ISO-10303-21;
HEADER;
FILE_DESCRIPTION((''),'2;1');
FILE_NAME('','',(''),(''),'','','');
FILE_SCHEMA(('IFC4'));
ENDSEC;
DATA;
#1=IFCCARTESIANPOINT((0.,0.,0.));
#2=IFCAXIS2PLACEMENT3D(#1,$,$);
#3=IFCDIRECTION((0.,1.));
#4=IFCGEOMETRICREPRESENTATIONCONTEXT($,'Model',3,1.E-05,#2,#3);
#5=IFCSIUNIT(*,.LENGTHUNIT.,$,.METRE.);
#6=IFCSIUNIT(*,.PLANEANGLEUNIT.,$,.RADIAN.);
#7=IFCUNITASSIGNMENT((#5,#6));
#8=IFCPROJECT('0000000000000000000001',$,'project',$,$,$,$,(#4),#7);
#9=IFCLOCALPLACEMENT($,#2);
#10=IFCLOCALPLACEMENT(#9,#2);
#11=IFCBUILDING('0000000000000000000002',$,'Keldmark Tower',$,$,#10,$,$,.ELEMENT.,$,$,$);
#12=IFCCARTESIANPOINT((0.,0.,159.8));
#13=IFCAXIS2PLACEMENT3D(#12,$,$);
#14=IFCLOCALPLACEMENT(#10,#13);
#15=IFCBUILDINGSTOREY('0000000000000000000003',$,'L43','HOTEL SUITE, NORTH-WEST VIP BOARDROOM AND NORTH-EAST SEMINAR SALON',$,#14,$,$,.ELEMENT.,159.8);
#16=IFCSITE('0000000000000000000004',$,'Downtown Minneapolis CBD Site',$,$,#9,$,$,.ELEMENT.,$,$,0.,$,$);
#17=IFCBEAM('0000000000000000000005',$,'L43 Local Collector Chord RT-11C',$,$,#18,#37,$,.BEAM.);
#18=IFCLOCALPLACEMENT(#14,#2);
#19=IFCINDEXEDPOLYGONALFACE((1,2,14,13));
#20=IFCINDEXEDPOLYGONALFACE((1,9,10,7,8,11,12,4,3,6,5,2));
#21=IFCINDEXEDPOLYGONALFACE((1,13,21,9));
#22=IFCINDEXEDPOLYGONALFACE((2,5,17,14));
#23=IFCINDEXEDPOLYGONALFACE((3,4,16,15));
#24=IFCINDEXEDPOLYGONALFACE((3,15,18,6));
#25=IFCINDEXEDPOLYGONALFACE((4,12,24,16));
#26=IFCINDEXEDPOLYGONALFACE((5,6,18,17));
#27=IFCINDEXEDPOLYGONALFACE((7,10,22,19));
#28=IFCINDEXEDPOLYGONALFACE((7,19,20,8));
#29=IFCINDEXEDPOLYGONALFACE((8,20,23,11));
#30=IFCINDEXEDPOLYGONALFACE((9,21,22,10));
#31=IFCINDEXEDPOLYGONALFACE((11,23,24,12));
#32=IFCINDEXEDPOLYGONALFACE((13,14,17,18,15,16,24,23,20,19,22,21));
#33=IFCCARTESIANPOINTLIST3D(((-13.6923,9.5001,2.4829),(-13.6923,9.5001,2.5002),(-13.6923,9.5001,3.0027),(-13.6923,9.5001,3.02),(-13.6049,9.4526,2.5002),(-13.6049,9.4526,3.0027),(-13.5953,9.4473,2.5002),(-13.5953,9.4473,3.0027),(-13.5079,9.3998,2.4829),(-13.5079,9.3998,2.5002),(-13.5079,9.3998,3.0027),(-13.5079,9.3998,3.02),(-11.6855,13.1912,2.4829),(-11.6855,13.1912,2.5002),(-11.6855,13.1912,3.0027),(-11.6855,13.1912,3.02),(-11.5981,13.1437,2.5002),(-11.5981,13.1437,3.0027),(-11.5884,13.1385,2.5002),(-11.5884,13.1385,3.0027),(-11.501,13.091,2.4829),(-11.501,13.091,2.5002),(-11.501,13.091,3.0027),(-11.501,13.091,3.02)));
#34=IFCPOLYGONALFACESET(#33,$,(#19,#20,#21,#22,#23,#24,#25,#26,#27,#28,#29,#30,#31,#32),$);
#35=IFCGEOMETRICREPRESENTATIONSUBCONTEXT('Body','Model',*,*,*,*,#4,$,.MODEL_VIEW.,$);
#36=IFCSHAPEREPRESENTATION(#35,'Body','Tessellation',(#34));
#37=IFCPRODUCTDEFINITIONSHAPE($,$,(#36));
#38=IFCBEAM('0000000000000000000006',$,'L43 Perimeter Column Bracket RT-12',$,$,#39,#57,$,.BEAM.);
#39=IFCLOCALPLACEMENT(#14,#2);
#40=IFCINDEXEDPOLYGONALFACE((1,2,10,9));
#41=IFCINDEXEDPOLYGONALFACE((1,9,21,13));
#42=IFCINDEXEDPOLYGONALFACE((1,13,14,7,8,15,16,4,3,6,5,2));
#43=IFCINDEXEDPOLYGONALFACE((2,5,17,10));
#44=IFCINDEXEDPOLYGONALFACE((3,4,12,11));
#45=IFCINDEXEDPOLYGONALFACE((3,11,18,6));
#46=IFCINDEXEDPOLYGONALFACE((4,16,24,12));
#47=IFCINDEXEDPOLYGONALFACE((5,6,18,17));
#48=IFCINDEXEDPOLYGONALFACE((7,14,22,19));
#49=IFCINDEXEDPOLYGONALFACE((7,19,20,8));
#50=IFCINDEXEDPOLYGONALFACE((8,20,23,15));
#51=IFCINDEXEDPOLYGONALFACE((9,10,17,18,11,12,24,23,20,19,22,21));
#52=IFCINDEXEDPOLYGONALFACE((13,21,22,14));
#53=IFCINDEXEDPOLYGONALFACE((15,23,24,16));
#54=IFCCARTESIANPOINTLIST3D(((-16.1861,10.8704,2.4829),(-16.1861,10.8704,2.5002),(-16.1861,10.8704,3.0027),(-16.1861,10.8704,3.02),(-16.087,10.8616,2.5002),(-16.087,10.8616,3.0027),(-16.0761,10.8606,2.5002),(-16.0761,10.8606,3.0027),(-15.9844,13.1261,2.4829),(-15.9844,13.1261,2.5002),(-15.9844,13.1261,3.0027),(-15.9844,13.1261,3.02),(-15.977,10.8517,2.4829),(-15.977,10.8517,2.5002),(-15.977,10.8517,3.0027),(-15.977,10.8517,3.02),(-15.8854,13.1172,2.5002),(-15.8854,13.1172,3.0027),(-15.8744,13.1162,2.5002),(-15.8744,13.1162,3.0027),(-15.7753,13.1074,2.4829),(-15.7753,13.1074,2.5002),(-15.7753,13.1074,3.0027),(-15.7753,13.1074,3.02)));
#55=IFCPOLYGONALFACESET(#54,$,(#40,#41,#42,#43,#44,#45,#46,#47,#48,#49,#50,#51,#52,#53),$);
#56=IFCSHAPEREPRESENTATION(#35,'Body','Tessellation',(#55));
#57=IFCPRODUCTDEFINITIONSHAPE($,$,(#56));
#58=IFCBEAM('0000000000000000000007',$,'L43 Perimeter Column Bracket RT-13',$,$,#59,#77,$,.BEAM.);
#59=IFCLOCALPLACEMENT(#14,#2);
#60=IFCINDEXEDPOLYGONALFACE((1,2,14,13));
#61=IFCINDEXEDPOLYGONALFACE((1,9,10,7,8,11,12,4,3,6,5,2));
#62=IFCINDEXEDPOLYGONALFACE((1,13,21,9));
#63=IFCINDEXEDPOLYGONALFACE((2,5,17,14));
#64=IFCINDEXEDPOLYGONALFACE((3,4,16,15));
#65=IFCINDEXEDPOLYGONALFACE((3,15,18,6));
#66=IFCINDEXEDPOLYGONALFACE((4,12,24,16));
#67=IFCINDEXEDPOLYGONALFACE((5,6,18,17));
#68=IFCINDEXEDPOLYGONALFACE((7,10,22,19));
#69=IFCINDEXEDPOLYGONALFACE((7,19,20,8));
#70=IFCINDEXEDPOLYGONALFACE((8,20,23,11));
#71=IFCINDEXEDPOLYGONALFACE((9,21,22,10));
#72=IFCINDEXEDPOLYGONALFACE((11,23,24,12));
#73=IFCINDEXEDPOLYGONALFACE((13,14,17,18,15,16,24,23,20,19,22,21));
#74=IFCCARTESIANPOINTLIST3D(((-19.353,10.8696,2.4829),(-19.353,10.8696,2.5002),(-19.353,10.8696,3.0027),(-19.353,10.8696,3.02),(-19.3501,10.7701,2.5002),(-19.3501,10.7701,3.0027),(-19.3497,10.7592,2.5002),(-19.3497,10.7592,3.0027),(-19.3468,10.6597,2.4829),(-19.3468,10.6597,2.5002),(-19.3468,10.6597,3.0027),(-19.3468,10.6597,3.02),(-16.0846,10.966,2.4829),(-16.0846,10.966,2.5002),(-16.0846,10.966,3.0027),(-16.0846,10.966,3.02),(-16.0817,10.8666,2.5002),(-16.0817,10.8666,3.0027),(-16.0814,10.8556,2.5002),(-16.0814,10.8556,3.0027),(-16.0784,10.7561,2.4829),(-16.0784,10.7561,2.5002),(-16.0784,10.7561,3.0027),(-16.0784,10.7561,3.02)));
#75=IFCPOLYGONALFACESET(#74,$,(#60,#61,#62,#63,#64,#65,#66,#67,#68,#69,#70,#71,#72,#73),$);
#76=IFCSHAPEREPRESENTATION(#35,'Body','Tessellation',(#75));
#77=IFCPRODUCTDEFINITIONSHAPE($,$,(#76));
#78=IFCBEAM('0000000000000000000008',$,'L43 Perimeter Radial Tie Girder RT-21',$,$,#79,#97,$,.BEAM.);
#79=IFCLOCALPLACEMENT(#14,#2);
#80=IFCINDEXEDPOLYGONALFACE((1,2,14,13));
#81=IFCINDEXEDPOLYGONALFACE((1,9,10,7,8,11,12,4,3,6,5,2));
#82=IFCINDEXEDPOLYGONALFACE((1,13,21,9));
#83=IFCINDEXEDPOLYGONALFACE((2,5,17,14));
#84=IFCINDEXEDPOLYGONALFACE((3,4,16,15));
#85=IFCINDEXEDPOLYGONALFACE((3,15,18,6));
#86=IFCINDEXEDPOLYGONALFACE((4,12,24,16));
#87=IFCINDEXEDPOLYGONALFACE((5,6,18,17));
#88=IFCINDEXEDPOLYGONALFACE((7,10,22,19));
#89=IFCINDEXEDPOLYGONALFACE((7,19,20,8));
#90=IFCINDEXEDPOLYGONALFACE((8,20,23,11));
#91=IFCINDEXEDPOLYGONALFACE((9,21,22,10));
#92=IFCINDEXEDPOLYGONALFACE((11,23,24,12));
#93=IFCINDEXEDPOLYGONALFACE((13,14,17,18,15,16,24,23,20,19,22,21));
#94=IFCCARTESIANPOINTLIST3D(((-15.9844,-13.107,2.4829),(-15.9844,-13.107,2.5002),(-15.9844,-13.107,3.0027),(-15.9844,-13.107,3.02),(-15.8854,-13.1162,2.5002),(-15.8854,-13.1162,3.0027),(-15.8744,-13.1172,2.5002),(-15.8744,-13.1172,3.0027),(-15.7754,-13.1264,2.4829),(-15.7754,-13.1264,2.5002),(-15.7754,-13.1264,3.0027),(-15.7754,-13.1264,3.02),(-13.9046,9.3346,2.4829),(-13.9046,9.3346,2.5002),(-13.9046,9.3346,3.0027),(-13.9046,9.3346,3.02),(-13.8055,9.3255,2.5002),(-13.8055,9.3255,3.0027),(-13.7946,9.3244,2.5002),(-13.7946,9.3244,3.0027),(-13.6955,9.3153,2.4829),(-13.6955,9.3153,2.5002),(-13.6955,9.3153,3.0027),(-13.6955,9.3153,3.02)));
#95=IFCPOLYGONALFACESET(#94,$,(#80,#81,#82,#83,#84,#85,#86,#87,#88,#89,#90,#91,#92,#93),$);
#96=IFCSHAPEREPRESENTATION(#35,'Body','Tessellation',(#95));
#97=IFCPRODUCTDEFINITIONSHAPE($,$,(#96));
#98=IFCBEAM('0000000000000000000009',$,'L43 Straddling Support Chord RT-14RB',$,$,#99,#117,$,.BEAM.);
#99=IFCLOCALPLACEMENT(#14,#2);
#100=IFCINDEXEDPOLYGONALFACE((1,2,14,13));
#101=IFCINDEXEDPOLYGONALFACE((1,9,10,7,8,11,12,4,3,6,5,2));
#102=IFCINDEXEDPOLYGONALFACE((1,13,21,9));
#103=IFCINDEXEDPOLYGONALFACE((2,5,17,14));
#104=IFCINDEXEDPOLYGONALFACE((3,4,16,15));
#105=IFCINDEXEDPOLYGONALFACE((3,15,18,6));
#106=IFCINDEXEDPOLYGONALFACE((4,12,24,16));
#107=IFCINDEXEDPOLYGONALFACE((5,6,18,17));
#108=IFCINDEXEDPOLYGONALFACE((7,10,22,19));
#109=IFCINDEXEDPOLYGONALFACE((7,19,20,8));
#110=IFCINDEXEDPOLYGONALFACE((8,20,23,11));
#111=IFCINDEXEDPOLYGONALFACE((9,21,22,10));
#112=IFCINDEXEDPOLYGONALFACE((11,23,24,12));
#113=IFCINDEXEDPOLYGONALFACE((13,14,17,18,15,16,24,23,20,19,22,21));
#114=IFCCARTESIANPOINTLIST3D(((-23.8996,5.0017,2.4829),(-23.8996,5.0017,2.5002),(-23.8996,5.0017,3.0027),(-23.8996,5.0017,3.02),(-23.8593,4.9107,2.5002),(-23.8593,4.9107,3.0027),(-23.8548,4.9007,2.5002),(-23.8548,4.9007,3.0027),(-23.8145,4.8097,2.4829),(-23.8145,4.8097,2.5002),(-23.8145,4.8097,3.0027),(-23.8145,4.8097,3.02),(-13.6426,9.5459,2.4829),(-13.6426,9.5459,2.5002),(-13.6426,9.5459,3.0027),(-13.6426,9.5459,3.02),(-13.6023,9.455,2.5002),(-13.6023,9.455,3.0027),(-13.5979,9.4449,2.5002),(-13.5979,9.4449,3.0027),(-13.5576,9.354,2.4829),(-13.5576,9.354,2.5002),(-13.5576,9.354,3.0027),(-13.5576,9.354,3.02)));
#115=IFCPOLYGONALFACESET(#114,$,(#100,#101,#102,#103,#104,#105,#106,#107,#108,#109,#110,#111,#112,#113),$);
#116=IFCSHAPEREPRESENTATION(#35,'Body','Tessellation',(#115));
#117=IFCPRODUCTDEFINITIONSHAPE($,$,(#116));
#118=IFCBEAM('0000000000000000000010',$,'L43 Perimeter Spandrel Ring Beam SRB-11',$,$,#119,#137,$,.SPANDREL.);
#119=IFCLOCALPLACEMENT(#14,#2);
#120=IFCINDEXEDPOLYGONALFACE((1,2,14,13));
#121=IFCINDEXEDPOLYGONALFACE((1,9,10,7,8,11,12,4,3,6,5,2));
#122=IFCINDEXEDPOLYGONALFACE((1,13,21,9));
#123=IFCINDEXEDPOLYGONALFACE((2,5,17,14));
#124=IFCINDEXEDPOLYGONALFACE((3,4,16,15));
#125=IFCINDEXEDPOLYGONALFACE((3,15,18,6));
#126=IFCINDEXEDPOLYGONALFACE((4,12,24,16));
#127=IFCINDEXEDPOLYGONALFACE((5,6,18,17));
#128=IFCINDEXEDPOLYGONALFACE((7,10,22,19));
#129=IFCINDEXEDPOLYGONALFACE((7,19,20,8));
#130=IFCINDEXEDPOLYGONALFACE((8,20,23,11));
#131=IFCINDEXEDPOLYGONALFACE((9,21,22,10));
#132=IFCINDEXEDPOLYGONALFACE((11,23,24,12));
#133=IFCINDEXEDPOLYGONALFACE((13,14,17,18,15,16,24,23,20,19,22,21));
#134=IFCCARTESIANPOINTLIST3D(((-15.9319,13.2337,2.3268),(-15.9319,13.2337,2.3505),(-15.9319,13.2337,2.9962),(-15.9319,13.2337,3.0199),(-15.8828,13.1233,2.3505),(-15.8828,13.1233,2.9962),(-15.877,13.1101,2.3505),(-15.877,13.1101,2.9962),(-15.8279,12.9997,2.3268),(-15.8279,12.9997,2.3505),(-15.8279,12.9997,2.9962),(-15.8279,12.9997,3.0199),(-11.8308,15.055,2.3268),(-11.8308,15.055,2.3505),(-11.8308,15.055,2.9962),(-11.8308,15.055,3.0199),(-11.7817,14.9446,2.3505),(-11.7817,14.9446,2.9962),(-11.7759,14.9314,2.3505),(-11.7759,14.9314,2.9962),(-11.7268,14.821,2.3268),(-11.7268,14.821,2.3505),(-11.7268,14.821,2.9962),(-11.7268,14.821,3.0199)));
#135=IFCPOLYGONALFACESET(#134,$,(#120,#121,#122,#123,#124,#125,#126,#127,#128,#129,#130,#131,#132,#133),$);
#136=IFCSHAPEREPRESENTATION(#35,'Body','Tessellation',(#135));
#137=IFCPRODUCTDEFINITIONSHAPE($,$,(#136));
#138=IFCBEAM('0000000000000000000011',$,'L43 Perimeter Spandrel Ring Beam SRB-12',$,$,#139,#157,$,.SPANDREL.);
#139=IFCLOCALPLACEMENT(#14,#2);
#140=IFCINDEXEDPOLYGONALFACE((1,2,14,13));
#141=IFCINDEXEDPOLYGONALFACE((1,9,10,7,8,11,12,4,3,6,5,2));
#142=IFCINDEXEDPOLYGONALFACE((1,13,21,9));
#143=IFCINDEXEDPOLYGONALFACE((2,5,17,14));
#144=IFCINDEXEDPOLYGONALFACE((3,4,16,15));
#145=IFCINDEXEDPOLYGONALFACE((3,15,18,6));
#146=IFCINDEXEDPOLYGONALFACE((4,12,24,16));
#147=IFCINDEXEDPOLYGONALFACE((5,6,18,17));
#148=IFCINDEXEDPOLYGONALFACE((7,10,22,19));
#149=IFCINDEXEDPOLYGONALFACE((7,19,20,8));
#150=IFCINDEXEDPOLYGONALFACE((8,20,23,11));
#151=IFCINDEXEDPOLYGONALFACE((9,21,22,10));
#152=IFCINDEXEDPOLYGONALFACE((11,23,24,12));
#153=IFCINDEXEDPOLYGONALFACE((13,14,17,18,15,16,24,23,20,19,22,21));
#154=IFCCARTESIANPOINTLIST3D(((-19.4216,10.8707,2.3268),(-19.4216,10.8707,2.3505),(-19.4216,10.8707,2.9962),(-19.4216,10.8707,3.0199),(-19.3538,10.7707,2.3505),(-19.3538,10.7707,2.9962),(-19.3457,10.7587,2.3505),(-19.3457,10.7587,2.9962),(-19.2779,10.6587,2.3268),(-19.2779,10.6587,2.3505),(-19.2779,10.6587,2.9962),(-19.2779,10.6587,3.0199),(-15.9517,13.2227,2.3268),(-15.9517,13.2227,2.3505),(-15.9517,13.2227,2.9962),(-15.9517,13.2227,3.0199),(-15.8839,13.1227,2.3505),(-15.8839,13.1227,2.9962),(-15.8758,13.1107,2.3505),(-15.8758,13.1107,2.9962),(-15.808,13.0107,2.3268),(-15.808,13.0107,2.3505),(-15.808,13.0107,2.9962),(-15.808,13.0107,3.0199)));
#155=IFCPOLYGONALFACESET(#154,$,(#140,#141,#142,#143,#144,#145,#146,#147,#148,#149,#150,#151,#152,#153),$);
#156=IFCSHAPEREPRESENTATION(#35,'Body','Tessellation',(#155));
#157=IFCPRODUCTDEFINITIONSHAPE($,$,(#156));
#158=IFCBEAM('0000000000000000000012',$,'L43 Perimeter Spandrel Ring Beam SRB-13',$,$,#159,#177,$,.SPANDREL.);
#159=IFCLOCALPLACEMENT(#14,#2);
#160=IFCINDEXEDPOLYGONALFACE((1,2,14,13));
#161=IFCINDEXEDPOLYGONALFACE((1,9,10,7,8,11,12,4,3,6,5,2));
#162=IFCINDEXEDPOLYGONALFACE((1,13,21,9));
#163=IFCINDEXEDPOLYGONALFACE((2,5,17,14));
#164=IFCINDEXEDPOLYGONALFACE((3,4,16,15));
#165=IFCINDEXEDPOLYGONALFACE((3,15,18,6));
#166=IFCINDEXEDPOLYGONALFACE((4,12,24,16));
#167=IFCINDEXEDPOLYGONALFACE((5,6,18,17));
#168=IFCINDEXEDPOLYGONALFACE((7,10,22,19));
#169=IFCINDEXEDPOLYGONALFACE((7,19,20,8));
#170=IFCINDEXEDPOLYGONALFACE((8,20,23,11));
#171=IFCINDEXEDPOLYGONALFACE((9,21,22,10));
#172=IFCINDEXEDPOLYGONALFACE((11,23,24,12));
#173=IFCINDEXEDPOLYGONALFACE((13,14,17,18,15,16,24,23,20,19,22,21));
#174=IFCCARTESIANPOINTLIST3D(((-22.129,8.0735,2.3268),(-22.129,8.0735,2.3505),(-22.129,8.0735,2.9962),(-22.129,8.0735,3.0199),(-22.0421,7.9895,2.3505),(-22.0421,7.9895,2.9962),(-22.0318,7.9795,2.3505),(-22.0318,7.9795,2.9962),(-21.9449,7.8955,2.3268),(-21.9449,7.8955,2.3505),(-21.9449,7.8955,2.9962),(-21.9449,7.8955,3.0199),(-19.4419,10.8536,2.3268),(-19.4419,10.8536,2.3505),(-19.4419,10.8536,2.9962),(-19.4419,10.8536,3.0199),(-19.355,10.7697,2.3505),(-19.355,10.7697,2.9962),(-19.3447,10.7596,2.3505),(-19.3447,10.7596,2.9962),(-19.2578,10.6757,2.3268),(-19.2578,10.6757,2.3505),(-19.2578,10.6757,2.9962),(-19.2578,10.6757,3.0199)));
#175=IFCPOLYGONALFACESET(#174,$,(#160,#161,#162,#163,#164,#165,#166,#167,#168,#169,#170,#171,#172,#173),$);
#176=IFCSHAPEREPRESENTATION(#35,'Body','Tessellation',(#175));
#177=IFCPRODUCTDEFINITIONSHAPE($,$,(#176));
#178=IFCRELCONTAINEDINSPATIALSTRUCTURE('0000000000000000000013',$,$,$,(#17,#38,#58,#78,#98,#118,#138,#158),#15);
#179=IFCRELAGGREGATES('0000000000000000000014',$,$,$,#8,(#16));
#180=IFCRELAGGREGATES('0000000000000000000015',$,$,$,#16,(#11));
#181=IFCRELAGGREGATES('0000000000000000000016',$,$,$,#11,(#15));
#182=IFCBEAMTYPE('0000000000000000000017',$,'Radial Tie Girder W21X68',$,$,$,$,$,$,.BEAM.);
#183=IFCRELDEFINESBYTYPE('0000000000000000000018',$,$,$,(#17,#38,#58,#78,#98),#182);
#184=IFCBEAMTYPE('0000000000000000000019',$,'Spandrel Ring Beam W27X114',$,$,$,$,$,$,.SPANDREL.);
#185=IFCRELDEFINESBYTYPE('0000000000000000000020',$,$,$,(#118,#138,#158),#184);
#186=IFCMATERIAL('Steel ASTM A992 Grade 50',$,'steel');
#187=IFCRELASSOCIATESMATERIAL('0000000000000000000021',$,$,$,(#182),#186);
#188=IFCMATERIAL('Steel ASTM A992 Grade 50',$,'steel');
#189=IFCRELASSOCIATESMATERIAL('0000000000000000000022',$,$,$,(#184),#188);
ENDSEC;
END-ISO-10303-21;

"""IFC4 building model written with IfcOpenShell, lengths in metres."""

from ifc_helpers import new_model, si_unit, direction, frame, origin, origin_2d, place, context, subcontext, project, spatial, i_section, extrude, material, material_profile, profile_set, type_object, element, save


model = new_model("IFC4")

# Units and contexts
model_context = context("Model", 3, precision=1e-05, world=origin(), true_north=direction((0.0, 1.0)))
body_context = subcontext(model_context, "Body", "Model", "MODEL_VIEW")
ifc_project = project(units=[si_unit("LENGTHUNIT", "METRE"), si_unit("PLANEANGLEUNIT", "RADIAN")], contexts=[model_context])

# Site, building, storey
site_placement = place(None, origin())
site = spatial("IfcSite", under=ifc_project, at=site_placement, Name="Downtown Minneapolis CBD Site", CompositionType="ELEMENT", RefElevation=0.0)
building_placement = place(site_placement, origin())
building = spatial("IfcBuilding", under=site, at=building_placement, Name="Keldmark Tower", CompositionType="ELEMENT")
storey_placement = place(building_placement, frame((0.0, 0.0, 159.8)))
storey = spatial("IfcBuildingStorey", under=building, at=storey_placement, Name="L43", Description="HOTEL SUITE, NORTH-WEST VIP BOARDROOM AND NORTH-EAST SEMINAR SALON", CompositionType="ELEMENT", Elevation=159.8)

# Beams
ifc_material_1 = material(Name="Steel ASTM A992 Grade 50", Category="steel")
ifc_material_profile_1 = material_profile(ifc_material_1, i_section(OverallWidth=0.21, OverallDepth=0.5371, WebThickness=0.011, FlangeThickness=0.0173, at=origin_2d()), Name="W21X68")
ifc_profile_set_1 = profile_set([ifc_material_profile_1], Name="Steel ASTM A992 Grade 50")
beam_type_1 = type_object("IfcBeamType", Name="Radial Tie Girder W21X68", PredefinedType="BEAM", material=ifc_profile_set_1)
beam_1_placement = place(storey_placement, frame((-13.6001, 9.45, 2.7515), z_axis=(0.477655, 0.878548, 0.0), x_axis=(-0.878548, 0.477655, 0.0)))
element("IfcBeam", 1, at=beam_1_placement, inside=storey, type_object=beam_type_1, Name="L43 Local Collector Chord RT-11C", PredefinedType="BEAM", context=body_context, shape_type="SweptSolid", body=[
    extrude(i_section(OverallWidth=0.21, OverallDepth=0.5371, WebThickness=0.011, FlangeThickness=0.0173, at=origin_2d()), origin(), (0.0, 0.0, 1.0), 4.2014),
])
beam_2_placement = place(storey_placement, frame((-16.0815, 10.8611, 2.7515), z_axis=(0.089048, 0.996027, 0.0), x_axis=(-0.996027, 0.089048, 0.0)))
element("IfcBeam", 2, at=beam_2_placement, inside=storey, type_object=beam_type_1, Name="L43 Perimeter Column Bracket RT-12", PredefinedType="BEAM", context=body_context, shape_type="SweptSolid", body=[
    extrude(i_section(OverallWidth=0.21, OverallDepth=0.5371, WebThickness=0.011, FlangeThickness=0.0173, at=origin_2d()), origin(), (0.0, 0.0, 1.0), 2.2646),
])
beam_3_placement = place(storey_placement, frame((-16.0815, 10.8611, 2.7515), z_axis=(-0.999565, -0.029493, 0.0), x_axis=(0.029493, -0.999565, 0.0)))
element("IfcBeam", 3, at=beam_3_placement, inside=storey, type_object=beam_type_1, Name="L43 Perimeter Column Bracket RT-13", PredefinedType="BEAM", context=body_context, shape_type="SweptSolid", body=[
    extrude(i_section(OverallWidth=0.21, OverallDepth=0.5371, WebThickness=0.011, FlangeThickness=0.0173, at=origin_2d()), origin(), (0.0, 0.0, 1.0), 3.2698),
])
beam_4_placement = place(storey_placement, frame((-13.8, 9.325, 2.7515), z_axis=(-0.092282, -0.995733, 0.0), x_axis=(0.995733, -0.092282, 0.0)))
element("IfcBeam", 4, at=beam_4_placement, inside=storey, type_object=beam_type_1, Name="L43 Perimeter Radial Tie Girder RT-21", PredefinedType="BEAM", context=body_context, shape_type="SweptSolid", body=[
    extrude(i_section(OverallWidth=0.21, OverallDepth=0.5371, WebThickness=0.011, FlangeThickness=0.0173, at=origin_2d()), origin(), (0.0, 0.0, 1.0), 22.5378),
])
beam_5_placement = place(storey_placement, frame((-13.6001, 9.45, 2.7515), z_axis=(-0.914287, -0.405066, 0.0), x_axis=(0.405066, -0.914287, 0.0)))
element("IfcBeam", 5, at=beam_5_placement, inside=storey, type_object=beam_type_1, Name="L43 Straddling Support Chord RT-14RB", PredefinedType="BEAM", context=body_context, shape_type="SweptSolid", body=[
    extrude(i_section(OverallWidth=0.21, OverallDepth=0.5371, WebThickness=0.011, FlangeThickness=0.0173, at=origin_2d()), origin(), (0.0, 0.0, 1.0), 11.2185),
])
ifc_material_2 = material(Name="Steel ASTM A992 Grade 50", Category="steel")
ifc_material_profile_2 = material_profile(ifc_material_2, i_section(OverallWidth=0.2561, OverallDepth=0.6931, WebThickness=0.0144, FlangeThickness=0.0237, at=origin_2d()), Name="W27X114")
ifc_profile_set_2 = profile_set([ifc_material_profile_2], Name="Steel ASTM A992 Grade 50")
beam_type_2 = type_object("IfcBeamType", Name="Spandrel Ring Beam W27X114", PredefinedType="SPANDREL", material=ifc_profile_set_2)
beam_6_placement = place(storey_placement, frame((-11.7788, 14.938, 2.6733), z_axis=(-0.913928, -0.405876, 0.0), x_axis=(0.405876, -0.913928, 0.0)))
element("IfcBeam", 6, at=beam_6_placement, inside=storey, type_object=beam_type_2, Name="L43 Perimeter Spandrel Ring Beam SRB-11", PredefinedType="SPANDREL", context=body_context, shape_type="SweptSolid", body=[
    extrude(i_section(OverallWidth=0.2561, OverallDepth=0.6931, WebThickness=0.0144, FlangeThickness=0.0237, at=origin_2d()), origin(), (0.0, 0.0, 1.0), 4.4873),
])
beam_7_placement = place(storey_placement, frame((-15.8799, 13.1167, 2.6733), z_axis=(-0.827761, -0.561081, 0.0), x_axis=(0.561081, -0.827761, 0.0)))
element("IfcBeam", 7, at=beam_7_placement, inside=storey, type_object=beam_type_2, Name="L43 Perimeter Spandrel Ring Beam SRB-12", PredefinedType="SPANDREL", context=body_context, shape_type="SweptSolid", body=[
    extrude(i_section(OverallWidth=0.2561, OverallDepth=0.6931, WebThickness=0.0144, FlangeThickness=0.0237, at=origin_2d()), origin(), (0.0, 0.0, 1.0), 4.1919),
])
beam_8_placement = place(storey_placement, frame((-19.3499, 10.7646, 2.6733), z_axis=(-0.694975, -0.719034, 0.0), x_axis=(0.719034, -0.694975, 0.0)))
element("IfcBeam", 8, at=beam_8_placement, inside=storey, type_object=beam_type_2, Name="L43 Perimeter Spandrel Ring Beam SRB-13", PredefinedType="SPANDREL", context=body_context, shape_type="SweptSolid", body=[
    extrude(i_section(OverallWidth=0.2561, OverallDepth=0.6931, WebThickness=0.0144, FlangeThickness=0.0237, at=origin_2d()), origin(), (0.0, 0.0, 1.0), 3.8665),
])

save(model, "model.ifc")
